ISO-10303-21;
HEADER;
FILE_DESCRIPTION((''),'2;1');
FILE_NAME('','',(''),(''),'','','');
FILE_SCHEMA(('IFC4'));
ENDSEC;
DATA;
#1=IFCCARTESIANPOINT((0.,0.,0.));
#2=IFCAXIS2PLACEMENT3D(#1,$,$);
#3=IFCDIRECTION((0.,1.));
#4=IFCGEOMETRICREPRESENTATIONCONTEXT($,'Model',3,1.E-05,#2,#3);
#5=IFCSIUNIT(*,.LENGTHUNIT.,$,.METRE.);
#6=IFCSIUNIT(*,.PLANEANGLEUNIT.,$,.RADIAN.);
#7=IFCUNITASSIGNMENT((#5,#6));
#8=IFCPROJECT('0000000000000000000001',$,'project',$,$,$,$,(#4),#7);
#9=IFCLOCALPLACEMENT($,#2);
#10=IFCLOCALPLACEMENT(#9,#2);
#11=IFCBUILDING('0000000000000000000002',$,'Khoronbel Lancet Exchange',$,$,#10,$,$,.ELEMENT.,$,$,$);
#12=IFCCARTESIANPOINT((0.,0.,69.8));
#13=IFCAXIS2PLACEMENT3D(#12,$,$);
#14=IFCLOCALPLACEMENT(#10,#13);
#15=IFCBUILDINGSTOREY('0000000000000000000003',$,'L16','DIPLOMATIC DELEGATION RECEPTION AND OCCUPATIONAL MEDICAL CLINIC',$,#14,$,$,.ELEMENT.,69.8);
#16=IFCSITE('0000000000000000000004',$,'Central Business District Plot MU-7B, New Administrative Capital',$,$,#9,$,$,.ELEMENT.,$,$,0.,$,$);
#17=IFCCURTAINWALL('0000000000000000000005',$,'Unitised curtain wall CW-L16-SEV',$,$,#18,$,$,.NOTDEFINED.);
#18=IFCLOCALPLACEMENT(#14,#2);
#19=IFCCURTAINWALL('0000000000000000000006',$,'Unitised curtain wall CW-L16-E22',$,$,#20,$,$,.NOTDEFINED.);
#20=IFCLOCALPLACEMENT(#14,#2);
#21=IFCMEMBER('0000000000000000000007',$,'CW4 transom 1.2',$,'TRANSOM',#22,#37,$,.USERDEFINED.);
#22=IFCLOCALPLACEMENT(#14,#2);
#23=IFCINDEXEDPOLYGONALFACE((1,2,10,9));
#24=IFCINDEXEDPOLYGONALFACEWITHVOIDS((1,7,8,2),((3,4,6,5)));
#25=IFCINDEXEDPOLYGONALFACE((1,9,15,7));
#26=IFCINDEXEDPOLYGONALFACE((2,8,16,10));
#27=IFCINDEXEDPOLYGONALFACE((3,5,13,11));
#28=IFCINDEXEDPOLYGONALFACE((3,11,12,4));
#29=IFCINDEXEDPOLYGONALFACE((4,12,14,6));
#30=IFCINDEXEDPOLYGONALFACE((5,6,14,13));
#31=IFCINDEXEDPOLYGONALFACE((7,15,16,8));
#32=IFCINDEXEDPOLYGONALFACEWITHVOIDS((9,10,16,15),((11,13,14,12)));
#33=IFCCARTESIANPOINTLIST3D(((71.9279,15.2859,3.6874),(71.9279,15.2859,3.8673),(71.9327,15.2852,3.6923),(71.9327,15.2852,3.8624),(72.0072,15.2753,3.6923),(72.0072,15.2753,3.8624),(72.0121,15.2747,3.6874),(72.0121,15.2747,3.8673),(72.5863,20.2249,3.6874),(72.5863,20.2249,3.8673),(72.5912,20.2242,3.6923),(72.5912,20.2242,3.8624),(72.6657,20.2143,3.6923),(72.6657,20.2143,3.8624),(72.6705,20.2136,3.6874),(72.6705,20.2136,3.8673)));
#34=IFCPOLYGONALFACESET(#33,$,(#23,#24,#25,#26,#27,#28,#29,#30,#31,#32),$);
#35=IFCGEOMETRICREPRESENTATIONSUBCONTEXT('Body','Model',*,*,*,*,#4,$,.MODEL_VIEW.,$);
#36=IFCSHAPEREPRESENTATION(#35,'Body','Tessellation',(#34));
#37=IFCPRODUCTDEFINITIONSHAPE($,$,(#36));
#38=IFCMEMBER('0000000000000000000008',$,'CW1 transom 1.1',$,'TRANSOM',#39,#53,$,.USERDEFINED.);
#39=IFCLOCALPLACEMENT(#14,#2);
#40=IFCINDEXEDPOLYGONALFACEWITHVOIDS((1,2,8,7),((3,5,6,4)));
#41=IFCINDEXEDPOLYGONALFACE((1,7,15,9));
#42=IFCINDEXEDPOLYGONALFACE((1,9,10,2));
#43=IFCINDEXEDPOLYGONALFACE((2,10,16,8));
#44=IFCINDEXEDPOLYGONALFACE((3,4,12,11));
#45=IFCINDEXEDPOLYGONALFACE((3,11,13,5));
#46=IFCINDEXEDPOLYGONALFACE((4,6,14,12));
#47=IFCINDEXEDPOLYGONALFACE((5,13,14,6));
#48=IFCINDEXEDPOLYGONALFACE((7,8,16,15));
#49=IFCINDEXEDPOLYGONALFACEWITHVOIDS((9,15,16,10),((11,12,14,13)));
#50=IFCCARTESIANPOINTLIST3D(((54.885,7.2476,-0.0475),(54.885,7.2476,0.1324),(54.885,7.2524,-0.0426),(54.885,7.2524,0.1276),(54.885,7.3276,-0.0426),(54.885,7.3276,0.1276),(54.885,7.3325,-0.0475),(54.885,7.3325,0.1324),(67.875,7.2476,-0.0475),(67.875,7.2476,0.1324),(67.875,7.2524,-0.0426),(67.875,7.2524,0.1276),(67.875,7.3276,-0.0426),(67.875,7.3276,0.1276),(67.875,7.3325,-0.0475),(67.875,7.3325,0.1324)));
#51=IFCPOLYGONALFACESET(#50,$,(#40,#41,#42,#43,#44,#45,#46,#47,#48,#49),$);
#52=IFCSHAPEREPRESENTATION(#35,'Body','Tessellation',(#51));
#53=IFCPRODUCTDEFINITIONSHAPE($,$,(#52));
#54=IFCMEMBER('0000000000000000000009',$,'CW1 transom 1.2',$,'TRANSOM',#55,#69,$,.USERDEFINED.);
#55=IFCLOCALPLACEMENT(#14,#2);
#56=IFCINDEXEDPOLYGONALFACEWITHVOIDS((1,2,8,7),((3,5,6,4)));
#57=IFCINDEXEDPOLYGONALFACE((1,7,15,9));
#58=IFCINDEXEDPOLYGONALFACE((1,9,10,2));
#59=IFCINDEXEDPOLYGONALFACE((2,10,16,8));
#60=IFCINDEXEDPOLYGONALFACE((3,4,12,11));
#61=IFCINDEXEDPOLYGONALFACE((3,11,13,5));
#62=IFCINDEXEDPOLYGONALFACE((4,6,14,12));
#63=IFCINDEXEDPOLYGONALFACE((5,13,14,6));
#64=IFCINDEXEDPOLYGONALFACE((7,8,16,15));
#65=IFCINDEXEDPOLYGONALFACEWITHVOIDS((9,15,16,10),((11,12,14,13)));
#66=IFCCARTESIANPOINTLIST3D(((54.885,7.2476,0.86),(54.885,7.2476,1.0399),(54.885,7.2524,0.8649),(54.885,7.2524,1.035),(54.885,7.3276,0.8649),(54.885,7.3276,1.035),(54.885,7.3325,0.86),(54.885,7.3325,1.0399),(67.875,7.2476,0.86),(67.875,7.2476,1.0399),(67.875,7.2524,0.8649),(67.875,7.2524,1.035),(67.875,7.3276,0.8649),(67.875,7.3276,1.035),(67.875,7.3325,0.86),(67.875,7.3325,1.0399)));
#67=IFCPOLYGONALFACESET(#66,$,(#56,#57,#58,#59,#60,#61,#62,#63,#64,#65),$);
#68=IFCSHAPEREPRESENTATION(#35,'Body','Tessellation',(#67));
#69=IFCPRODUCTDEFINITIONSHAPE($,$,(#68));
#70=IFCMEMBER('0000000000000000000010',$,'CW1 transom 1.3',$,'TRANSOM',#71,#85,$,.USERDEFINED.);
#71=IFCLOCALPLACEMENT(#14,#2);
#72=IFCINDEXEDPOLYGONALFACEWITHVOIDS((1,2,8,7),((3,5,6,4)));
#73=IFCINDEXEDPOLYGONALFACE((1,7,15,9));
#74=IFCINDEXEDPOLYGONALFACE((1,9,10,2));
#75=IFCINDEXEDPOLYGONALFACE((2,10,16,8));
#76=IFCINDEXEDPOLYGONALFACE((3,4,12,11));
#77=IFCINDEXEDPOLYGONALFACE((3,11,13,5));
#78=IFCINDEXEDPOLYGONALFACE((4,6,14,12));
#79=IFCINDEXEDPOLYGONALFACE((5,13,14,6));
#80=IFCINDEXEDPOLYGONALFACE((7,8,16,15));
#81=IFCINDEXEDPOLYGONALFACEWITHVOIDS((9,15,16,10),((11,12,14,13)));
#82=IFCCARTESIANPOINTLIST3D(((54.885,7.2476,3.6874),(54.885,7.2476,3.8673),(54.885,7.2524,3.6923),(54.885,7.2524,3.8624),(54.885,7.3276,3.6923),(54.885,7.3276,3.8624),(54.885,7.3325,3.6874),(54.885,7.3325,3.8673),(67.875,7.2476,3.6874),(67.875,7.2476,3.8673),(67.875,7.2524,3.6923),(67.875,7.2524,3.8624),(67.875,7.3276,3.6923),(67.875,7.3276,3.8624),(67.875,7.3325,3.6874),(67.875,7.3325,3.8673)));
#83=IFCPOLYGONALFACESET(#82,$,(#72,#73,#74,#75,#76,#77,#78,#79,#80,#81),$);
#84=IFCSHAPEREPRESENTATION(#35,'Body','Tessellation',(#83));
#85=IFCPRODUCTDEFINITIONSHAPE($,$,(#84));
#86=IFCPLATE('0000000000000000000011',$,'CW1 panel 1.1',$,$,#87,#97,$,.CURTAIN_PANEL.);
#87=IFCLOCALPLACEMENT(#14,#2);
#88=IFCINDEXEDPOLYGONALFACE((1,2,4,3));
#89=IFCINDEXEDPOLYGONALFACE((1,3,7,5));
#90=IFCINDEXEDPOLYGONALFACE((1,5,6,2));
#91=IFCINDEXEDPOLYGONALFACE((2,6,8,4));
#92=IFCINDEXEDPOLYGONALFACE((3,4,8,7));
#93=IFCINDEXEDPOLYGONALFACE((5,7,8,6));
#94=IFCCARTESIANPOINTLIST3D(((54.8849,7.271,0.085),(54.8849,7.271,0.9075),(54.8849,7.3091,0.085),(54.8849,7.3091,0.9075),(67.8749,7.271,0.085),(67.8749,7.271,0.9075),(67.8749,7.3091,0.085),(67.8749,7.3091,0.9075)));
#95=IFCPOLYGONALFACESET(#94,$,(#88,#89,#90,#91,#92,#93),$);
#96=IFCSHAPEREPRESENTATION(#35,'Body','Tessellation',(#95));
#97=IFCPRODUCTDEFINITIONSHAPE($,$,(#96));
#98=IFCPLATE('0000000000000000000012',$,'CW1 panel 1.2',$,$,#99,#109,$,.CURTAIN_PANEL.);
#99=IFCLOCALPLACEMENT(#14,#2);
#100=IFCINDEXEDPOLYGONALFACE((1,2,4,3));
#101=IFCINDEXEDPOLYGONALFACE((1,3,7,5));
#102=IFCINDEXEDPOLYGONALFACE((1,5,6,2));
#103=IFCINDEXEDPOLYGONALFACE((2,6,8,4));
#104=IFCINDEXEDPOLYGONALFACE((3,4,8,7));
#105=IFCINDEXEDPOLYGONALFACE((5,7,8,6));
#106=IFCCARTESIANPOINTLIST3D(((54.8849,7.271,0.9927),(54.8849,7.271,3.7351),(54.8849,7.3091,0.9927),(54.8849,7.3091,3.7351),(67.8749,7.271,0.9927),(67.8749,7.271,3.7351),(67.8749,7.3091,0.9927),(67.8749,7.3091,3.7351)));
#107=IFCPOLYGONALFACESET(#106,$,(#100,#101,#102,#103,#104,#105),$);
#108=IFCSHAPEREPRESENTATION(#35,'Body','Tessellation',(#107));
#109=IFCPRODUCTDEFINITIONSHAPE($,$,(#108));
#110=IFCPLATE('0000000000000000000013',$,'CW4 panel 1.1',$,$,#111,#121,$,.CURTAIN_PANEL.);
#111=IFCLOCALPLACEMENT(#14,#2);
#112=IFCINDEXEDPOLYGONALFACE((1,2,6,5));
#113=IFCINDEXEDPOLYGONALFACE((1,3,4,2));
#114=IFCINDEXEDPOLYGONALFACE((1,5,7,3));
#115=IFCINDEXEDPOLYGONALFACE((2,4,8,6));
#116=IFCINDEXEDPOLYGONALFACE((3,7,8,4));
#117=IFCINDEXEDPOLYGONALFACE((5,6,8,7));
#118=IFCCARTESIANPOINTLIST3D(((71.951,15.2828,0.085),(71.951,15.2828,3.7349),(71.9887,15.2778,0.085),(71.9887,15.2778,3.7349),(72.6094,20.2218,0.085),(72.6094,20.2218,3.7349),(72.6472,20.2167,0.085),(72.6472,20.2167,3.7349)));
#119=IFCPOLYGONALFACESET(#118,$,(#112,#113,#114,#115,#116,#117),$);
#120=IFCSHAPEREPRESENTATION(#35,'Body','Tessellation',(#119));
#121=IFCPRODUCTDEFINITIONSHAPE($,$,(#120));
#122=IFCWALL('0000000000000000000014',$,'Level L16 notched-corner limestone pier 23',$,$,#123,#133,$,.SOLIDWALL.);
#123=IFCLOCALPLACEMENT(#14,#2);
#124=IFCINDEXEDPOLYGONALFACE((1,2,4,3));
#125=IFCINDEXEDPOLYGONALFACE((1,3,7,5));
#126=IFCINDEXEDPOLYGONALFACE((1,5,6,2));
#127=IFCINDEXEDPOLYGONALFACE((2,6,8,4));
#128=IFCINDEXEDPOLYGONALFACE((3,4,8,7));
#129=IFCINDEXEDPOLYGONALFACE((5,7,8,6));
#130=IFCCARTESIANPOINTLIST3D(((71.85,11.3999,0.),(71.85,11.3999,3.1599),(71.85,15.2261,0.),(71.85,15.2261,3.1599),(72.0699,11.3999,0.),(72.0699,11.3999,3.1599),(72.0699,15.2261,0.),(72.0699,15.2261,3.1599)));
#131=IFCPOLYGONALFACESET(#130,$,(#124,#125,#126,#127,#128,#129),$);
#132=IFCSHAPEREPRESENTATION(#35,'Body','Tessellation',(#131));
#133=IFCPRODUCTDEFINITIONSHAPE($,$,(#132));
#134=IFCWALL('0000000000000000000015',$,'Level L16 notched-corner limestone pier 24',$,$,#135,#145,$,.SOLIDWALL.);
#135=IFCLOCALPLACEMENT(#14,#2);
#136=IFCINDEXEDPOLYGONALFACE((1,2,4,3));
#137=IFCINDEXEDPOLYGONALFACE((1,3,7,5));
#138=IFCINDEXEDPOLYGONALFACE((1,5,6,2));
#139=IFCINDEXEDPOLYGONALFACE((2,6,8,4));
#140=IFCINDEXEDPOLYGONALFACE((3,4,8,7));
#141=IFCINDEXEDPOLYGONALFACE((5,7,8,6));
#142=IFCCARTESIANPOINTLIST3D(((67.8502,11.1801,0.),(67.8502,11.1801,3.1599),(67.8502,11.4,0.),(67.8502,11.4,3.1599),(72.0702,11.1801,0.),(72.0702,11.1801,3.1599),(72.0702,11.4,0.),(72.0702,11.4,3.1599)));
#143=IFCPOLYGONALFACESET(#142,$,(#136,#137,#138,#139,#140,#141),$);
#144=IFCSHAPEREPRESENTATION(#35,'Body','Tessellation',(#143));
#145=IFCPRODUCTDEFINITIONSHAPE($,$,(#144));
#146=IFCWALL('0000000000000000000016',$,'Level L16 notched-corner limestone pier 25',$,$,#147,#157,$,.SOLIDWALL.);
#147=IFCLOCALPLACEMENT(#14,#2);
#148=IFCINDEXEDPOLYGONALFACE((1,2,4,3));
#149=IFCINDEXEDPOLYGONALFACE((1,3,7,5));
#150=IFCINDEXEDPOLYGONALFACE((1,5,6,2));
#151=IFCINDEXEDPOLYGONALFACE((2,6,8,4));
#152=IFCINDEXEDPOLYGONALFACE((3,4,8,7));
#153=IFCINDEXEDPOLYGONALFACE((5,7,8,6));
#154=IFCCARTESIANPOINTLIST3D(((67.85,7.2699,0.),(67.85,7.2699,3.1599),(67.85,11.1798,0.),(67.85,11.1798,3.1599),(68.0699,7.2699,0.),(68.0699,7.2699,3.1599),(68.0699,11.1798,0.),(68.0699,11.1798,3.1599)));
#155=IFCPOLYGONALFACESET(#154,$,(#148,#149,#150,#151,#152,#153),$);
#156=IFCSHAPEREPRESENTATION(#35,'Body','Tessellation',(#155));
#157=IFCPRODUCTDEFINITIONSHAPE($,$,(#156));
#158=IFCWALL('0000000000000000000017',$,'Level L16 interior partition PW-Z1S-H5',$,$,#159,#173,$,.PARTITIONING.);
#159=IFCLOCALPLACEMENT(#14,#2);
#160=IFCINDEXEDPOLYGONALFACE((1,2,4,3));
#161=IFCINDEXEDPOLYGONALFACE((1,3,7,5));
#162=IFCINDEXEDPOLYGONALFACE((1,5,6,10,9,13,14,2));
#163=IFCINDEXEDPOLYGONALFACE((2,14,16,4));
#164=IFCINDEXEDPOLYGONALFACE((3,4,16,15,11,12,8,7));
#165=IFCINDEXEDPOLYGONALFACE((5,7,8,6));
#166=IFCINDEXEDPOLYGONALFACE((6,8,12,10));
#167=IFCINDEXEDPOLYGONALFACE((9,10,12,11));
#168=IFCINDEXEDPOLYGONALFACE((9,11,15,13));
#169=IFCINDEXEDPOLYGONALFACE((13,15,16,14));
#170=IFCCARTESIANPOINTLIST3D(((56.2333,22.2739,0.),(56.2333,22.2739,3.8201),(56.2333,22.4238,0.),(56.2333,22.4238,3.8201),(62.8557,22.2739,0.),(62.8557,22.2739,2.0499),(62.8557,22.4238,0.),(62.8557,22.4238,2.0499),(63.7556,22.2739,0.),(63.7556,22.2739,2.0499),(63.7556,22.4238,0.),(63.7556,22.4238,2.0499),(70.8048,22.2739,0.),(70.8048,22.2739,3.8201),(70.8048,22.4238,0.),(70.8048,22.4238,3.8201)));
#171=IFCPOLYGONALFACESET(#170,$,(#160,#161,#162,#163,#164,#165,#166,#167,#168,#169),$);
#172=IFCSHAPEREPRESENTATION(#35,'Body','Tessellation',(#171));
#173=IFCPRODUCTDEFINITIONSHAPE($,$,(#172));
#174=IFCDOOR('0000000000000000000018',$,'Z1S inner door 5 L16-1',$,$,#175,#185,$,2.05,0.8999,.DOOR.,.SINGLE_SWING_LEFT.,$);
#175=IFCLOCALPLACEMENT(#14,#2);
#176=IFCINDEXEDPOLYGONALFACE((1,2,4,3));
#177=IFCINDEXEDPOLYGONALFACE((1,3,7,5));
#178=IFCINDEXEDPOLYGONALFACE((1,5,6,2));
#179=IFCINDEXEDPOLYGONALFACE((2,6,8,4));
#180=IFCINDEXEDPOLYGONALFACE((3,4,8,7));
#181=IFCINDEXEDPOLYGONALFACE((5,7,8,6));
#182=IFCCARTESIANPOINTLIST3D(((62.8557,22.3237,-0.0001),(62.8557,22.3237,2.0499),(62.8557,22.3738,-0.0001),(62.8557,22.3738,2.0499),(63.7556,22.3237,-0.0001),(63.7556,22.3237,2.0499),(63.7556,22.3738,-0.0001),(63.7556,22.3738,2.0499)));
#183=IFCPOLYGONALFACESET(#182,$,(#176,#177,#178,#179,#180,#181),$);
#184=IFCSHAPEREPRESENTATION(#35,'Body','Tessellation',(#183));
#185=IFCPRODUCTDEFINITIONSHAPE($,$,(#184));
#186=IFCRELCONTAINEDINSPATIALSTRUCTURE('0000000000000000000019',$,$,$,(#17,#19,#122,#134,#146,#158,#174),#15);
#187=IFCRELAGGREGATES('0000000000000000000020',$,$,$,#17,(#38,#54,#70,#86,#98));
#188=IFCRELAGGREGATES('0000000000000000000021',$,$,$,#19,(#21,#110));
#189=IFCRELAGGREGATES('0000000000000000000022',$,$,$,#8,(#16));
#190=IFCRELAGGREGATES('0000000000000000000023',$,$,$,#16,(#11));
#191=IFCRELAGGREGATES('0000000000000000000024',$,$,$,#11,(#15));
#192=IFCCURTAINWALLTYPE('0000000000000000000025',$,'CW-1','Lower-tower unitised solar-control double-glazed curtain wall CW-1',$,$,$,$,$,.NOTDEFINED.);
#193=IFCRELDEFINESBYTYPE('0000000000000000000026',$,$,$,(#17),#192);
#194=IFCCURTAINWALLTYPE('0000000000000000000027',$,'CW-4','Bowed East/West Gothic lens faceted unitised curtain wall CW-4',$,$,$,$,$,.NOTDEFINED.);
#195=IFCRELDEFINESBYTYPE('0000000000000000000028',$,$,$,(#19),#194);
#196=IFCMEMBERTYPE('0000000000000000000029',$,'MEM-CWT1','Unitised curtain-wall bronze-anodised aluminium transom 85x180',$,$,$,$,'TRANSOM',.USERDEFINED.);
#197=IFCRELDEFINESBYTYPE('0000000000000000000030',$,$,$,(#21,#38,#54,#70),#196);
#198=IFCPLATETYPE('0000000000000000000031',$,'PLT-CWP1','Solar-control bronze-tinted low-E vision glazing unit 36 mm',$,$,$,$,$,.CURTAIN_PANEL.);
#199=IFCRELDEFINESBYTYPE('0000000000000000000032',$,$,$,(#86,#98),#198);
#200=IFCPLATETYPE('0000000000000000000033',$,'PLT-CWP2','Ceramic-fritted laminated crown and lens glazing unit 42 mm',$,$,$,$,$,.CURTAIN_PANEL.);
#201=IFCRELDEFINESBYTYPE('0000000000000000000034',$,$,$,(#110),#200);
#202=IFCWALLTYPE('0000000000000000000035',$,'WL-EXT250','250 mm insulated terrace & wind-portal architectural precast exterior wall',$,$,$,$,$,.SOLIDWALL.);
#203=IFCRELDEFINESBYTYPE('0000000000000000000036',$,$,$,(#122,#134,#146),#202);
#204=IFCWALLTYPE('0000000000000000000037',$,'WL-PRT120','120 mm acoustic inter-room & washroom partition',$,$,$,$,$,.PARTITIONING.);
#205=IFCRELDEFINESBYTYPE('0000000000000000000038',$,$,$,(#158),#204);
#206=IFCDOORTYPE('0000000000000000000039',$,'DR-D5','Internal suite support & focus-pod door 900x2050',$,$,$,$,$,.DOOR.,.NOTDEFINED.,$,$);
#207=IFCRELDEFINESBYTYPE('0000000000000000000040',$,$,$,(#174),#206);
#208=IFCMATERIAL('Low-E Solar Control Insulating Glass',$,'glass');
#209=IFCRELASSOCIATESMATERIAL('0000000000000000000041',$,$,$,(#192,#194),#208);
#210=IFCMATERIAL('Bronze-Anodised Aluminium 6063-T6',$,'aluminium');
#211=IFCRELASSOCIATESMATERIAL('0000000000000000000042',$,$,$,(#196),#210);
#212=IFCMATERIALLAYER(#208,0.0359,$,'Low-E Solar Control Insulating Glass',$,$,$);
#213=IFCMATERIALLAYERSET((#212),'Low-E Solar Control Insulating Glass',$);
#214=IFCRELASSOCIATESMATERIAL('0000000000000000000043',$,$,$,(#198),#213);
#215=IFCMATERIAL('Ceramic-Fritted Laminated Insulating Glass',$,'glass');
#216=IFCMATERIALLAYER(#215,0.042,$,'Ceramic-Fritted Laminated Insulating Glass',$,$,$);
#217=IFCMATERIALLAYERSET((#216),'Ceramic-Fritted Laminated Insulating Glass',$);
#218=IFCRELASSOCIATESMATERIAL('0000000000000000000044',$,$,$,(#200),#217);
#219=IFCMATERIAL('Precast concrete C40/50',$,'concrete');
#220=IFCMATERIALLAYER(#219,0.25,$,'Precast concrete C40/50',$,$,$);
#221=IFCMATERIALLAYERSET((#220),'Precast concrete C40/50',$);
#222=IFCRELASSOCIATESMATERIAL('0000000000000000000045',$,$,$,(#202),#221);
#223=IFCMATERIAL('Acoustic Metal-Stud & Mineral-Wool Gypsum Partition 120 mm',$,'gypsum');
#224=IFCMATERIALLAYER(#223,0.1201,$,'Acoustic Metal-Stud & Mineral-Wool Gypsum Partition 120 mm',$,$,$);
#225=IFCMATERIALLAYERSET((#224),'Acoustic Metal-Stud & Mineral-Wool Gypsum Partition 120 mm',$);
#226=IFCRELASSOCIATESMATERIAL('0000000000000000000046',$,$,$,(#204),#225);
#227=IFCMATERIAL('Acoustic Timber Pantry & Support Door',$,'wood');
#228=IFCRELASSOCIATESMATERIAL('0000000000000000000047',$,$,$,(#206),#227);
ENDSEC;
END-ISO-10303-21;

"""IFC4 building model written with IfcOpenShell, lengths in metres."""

from ifc_helpers import new_model, si_unit, direction, frame, frame_2d, origin, origin_2d, place, context, subcontext, project, spatial, rectangle, hollow_rectangle, extrude, material, layer, layer_set, material_profile, profile_set, type_object, element, fill, aggregate, save


model = new_model("IFC4")

# Units and contexts
model_context = context("Model", 3, precision=1e-05, world=origin(), true_north=direction((0.0, 1.0)))
body_context = subcontext(model_context, "Body", "Model", "MODEL_VIEW")
ifc_project = project(units=[si_unit("LENGTHUNIT", "METRE"), si_unit("PLANEANGLEUNIT", "RADIAN")], contexts=[model_context])

# Site, building, storey
site_placement = place(None, origin())
site = spatial("IfcSite", under=ifc_project, at=site_placement, Name="Central Business District Plot MU-7B, New Administrative Capital", CompositionType="ELEMENT", RefElevation=0.0)
building_placement = place(site_placement, origin())
building = spatial("IfcBuilding", under=site, at=building_placement, Name="Khoronbel Lancet Exchange", CompositionType="ELEMENT")
storey_placement = place(building_placement, frame((0.0, 0.0, 69.8)))
storey = spatial("IfcBuildingStorey", under=building, at=storey_placement, Name="L16", Description="DIPLOMATIC DELEGATION RECEPTION AND OCCUPATIONAL MEDICAL CLINIC", CompositionType="ELEMENT", Elevation=69.8)

# Curtain wall
ifc_material_1 = material(Name="Low-E Solar Control Insulating Glass", Category="glass")
curtain_wall_type_1 = type_object("IfcCurtainWallType", Name="CW-1", Description="Lower-tower unitised solar-control double-glazed curtain wall CW-1", PredefinedType="NOTDEFINED", material=ifc_material_1)
curtain_wall_1_placement = place(storey_placement, origin())
curtain_wall_1 = element("IfcCurtainWall", 1, at=curtain_wall_1_placement, inside=storey, type_object=curtain_wall_type_1, Name="Unitised curtain wall CW-L16-SEV", PredefinedType="NOTDEFINED")
ifc_material_2 = material(Name="Bronze-Anodised Aluminium 6063-T6", Category="aluminium")
curtain_wall_type_2 = type_object("IfcCurtainWallType", Name="CW-4", Description="Bowed East/West Gothic lens faceted unitised curtain wall CW-4", PredefinedType="NOTDEFINED", material=ifc_material_1)

# Curtain wall, member
curtain_wall_2_placement = place(storey_placement, origin())
curtain_wall_2 = element("IfcCurtainWall", 2, at=curtain_wall_2_placement, inside=storey, type_object=curtain_wall_type_2, Name="Unitised curtain wall CW-L16-E22", PredefinedType="NOTDEFINED")
ifc_material_profile_1 = material_profile(ifc_material_2, hollow_rectangle(XDim=0.085, YDim=0.1799, WallThickness=0.0049, at=origin_2d()), Name="ALU TRANSOM 85x180")
ifc_profile_set_1 = profile_set([ifc_material_profile_1], Name="Bronze-Anodised Aluminium 6063-T6")
member_type_1 = type_object("IfcMemberType", Name="MEM-CWT1", Description="Unitised curtain-wall bronze-anodised aluminium transom 85x180", ElementType="TRANSOM", PredefinedType="USERDEFINED", material=ifc_profile_set_1)
member_1_placement = place(storey_placement, frame((72.6284, 20.2192, 3.7773), z_axis=(-0.132148, -0.99123, 0.0), x_axis=(0.99123, -0.132148, 0.0)))
member_1 = element("IfcMember", 3, at=member_1_placement, type_object=member_type_1, Name="CW4 transom 1.2", ObjectType="TRANSOM", PredefinedType="USERDEFINED", context=body_context, shape_type="SweptSolid", body=[
    extrude(hollow_rectangle(XDim=0.085, YDim=0.1799, WallThickness=0.0049, at=origin_2d()), origin(), (0.0, 0.0, 1.0), 4.9827),
])

# Members
member_2_placement = place(storey_placement, frame((54.885, 7.29, 0.0425), z_axis=(1.0, 0.0, 0.0), x_axis=(0.0, 1.0, 0.0)))
member_2 = element("IfcMember", 4, at=member_2_placement, type_object=member_type_1, Name="CW1 transom 1.1", ObjectType="TRANSOM", PredefinedType="USERDEFINED", context=body_context, shape_type="SweptSolid", body=[
    extrude(hollow_rectangle(XDim=0.085, YDim=0.1799, WallThickness=0.0049, at=origin_2d()), origin(), (0.0, 0.0, 1.0), 12.99),
])
member_3_placement = place(storey_placement, frame((54.885, 7.29, 0.95), z_axis=(1.0, 0.0, 0.0), x_axis=(0.0, 1.0, 0.0)))
member_3 = element("IfcMember", 5, at=member_3_placement, type_object=member_type_1, Name="CW1 transom 1.2", ObjectType="TRANSOM", PredefinedType="USERDEFINED", context=body_context, shape_type="SweptSolid", body=[
    extrude(hollow_rectangle(XDim=0.085, YDim=0.1799, WallThickness=0.0049, at=origin_2d()), origin(), (0.0, 0.0, 1.0), 12.99),
])
member_4_placement = place(storey_placement, frame((54.885, 7.29, 3.7773), z_axis=(1.0, 0.0, 0.0), x_axis=(0.0, 1.0, 0.0)))
member_4 = element("IfcMember", 6, at=member_4_placement, type_object=member_type_1, Name="CW1 transom 1.3", ObjectType="TRANSOM", PredefinedType="USERDEFINED", context=body_context, shape_type="SweptSolid", body=[
    extrude(hollow_rectangle(XDim=0.085, YDim=0.1799, WallThickness=0.0049, at=origin_2d()), origin(), (0.0, 0.0, 1.0), 12.99),
])

# Plates
ifc_layer_1 = layer(ifc_material_1, 0.0359, Name="Low-E Solar Control Insulating Glass")
ifc_layer_set_1 = layer_set([ifc_layer_1], Name="Low-E Solar Control Insulating Glass")
plate_type_1 = type_object("IfcPlateType", Name="PLT-CWP1", Description="Solar-control bronze-tinted low-E vision glazing unit 36 mm", PredefinedType="CURTAIN_PANEL", material=ifc_layer_set_1)
plate_1_placement = place(storey_placement, frame((61.3799, 7.29, 0.085), z_axis=(0.0, 0.0, 1.0), x_axis=(1.0, 0.0, 0.0)))
plate_1 = element("IfcPlate", 7, at=plate_1_placement, type_object=plate_type_1, Name="CW1 panel 1.1", PredefinedType="CURTAIN_PANEL", context=body_context, shape_type="SweptSolid", body=[
    extrude(rectangle(XDim=12.99, YDim=0.0381, at=origin_2d()), origin(), (0.0, 0.0, 1.0), 0.8225),
])
plate_2_placement = place(storey_placement, frame((61.3799, 7.29, 0.9927), z_axis=(0.0, 0.0, 1.0), x_axis=(1.0, 0.0, 0.0)))
plate_2 = element("IfcPlate", 8, at=plate_2_placement, type_object=plate_type_1, Name="CW1 panel 1.2", PredefinedType="CURTAIN_PANEL", context=body_context, shape_type="SweptSolid", body=[
    extrude(rectangle(XDim=12.99, YDim=0.0381, at=origin_2d()), origin(), (0.0, 0.0, 1.0), 2.7424),
])
aggregate(curtain_wall_1, [member_2, member_3, member_4, plate_1, plate_2])
ifc_material_3 = material(Name="Ceramic-Fritted Laminated Insulating Glass", Category="glass")
ifc_layer_2 = layer(ifc_material_3, 0.042, Name="Ceramic-Fritted Laminated Insulating Glass")
ifc_layer_set_2 = layer_set([ifc_layer_2], Name="Ceramic-Fritted Laminated Insulating Glass")
plate_type_2 = type_object("IfcPlateType", Name="PLT-CWP2", Description="Ceramic-fritted laminated crown and lens glazing unit 42 mm", PredefinedType="CURTAIN_PANEL", material=ifc_layer_set_2)
plate_3_placement = place(storey_placement, frame((72.2991, 17.7498, 0.085), z_axis=(0.0, 0.0, 1.0), x_axis=(-0.132155, -0.991229, 0.0)))
plate_3 = element("IfcPlate", 9, at=plate_3_placement, type_object=plate_type_2, Name="CW4 panel 1.1", PredefinedType="CURTAIN_PANEL", context=body_context, shape_type="SweptSolid", body=[
    extrude(rectangle(XDim=4.9827, YDim=0.0381, at=origin_2d()), origin(), (0.0, 0.0, 1.0), 3.6499),
])
aggregate(curtain_wall_2, [member_1, plate_3])

# Walls
ifc_material_4 = material(Name="Precast concrete C40/50", Category="concrete")
ifc_layer_3 = layer(ifc_material_4, 0.25, Name="Precast concrete C40/50")
ifc_layer_set_3 = layer_set([ifc_layer_3], Name="Precast concrete C40/50")
wall_type_1 = type_object("IfcWallType", Name="WL-EXT250", Description="250 mm insulated terrace & wind-portal architectural precast exterior wall", PredefinedType="SOLIDWALL", material=ifc_layer_set_3)
wall_1_placement = place(storey_placement, frame((71.96, 15.2261, 0.0), z_axis=(0.0, 0.0, 1.0), x_axis=(0.0, -1.0, 0.0)))
element("IfcWall", 10, at=wall_1_placement, inside=storey, type_object=wall_type_1, Name="Level L16 notched-corner limestone pier 23", PredefinedType="SOLIDWALL", context=body_context, shape_type="SweptSolid", body=[
    extrude(rectangle(XDim=3.8262, YDim=0.22, at=frame_2d((1.9131, 0.0))), origin(), (0.0, 0.0, 1.0), 3.1599),
])
wall_2_placement = place(storey_placement, frame((72.0701, 11.29, 0.0), z_axis=(0.0, 0.0, 1.0), x_axis=(-1.0, 0.0, 0.0)))
element("IfcWall", 11, at=wall_2_placement, inside=storey, type_object=wall_type_1, Name="Level L16 notched-corner limestone pier 24", PredefinedType="SOLIDWALL", context=body_context, shape_type="SweptSolid", body=[
    extrude(rectangle(XDim=4.22, YDim=0.22, at=frame_2d((2.1099, 0.0))), origin(), (0.0, 0.0, 1.0), 3.1599),
])
wall_3_placement = place(storey_placement, frame((67.96, 11.1799, 0.0), z_axis=(0.0, 0.0, 1.0), x_axis=(0.0, -1.0, 0.0)))
element("IfcWall", 12, at=wall_3_placement, inside=storey, type_object=wall_type_1, Name="Level L16 notched-corner limestone pier 25", PredefinedType="SOLIDWALL", context=body_context, shape_type="SweptSolid", body=[
    extrude(rectangle(XDim=3.9099, YDim=0.22, at=frame_2d((1.9551, 0.0))), origin(), (0.0, 0.0, 1.0), 3.1599),
])

# Wall, opening, door
ifc_material_5 = material(Name="Acoustic Metal-Stud & Mineral-Wool Gypsum Partition 120 mm", Category="gypsum")
ifc_layer_4 = layer(ifc_material_5, 0.1201, Name="Acoustic Metal-Stud & Mineral-Wool Gypsum Partition 120 mm")
ifc_layer_set_4 = layer_set([ifc_layer_4], Name="Acoustic Metal-Stud & Mineral-Wool Gypsum Partition 120 mm")
wall_type_2 = type_object("IfcWallType", Name="WL-PRT120", Description="120 mm acoustic inter-room & washroom partition", PredefinedType="PARTITIONING", material=ifc_layer_set_4)
wall_4_placement = place(storey_placement, frame((56.2334, 22.3489, 0.0), z_axis=(0.0, 0.0, 1.0), x_axis=(1.0, 0.0, 0.0)))
wall_4 = element("IfcWall", 13, at=wall_4_placement, inside=storey, type_object=wall_type_2, Name="Level L16 interior partition PW-Z1S-H5", PredefinedType="PARTITIONING", context=body_context, shape_type="SweptSolid", body=[
    extrude(rectangle(XDim=14.5715, YDim=0.1499, at=frame_2d((7.2856, 0.0))), origin(), (0.0, 0.0, 1.0), 3.8201),
])
opening_placement = place(wall_4_placement, frame((6.6223, 0.0, 0.0)))
opening = element("IfcOpeningElement", 14, at=opening_placement, cuts=wall_4, PredefinedType="OPENING", context=body_context, shape_type="SweptSolid", body=[
    extrude(rectangle(XDim=0.8999, YDim=2.05, at=frame_2d((0.45, 1.0249))), frame((0.0, 0.085, 0.0), z_axis=(0.0, -1.0, 0.0), x_axis=(1.0, 0.0, 0.0)), (0.0, 0.0, 1.0), 0.1699),
])
ifc_material_6 = material(Name="Acoustic Timber Pantry & Support Door", Category="wood")
door_type = type_object("IfcDoorType", Name="DR-D5", Description="Internal suite support & focus-pod door 900x2050", OperationType="NOTDEFINED", PredefinedType="DOOR", material=ifc_material_6)
door_placement = place(opening_placement, origin())
door = element("IfcDoor", 15, at=door_placement, inside=storey, type_object=door_type, Name="Z1S inner door 5 L16-1", OperationType="SINGLE_SWING_LEFT", OverallHeight=2.05, OverallWidth=0.8999, PredefinedType="DOOR", context=body_context, shape_type="SweptSolid", body=[
    extrude(rectangle(XDim=0.8999, YDim=2.05, at=frame_2d((0.45, 1.0249))), frame((0.0, 0.0249, 0.0), z_axis=(0.0, -1.0, 0.0), x_axis=(1.0, 0.0, 0.0)), (0.0, 0.0, 1.0), 0.05),
])
fill(opening, door)

save(model, "model.ifc")
